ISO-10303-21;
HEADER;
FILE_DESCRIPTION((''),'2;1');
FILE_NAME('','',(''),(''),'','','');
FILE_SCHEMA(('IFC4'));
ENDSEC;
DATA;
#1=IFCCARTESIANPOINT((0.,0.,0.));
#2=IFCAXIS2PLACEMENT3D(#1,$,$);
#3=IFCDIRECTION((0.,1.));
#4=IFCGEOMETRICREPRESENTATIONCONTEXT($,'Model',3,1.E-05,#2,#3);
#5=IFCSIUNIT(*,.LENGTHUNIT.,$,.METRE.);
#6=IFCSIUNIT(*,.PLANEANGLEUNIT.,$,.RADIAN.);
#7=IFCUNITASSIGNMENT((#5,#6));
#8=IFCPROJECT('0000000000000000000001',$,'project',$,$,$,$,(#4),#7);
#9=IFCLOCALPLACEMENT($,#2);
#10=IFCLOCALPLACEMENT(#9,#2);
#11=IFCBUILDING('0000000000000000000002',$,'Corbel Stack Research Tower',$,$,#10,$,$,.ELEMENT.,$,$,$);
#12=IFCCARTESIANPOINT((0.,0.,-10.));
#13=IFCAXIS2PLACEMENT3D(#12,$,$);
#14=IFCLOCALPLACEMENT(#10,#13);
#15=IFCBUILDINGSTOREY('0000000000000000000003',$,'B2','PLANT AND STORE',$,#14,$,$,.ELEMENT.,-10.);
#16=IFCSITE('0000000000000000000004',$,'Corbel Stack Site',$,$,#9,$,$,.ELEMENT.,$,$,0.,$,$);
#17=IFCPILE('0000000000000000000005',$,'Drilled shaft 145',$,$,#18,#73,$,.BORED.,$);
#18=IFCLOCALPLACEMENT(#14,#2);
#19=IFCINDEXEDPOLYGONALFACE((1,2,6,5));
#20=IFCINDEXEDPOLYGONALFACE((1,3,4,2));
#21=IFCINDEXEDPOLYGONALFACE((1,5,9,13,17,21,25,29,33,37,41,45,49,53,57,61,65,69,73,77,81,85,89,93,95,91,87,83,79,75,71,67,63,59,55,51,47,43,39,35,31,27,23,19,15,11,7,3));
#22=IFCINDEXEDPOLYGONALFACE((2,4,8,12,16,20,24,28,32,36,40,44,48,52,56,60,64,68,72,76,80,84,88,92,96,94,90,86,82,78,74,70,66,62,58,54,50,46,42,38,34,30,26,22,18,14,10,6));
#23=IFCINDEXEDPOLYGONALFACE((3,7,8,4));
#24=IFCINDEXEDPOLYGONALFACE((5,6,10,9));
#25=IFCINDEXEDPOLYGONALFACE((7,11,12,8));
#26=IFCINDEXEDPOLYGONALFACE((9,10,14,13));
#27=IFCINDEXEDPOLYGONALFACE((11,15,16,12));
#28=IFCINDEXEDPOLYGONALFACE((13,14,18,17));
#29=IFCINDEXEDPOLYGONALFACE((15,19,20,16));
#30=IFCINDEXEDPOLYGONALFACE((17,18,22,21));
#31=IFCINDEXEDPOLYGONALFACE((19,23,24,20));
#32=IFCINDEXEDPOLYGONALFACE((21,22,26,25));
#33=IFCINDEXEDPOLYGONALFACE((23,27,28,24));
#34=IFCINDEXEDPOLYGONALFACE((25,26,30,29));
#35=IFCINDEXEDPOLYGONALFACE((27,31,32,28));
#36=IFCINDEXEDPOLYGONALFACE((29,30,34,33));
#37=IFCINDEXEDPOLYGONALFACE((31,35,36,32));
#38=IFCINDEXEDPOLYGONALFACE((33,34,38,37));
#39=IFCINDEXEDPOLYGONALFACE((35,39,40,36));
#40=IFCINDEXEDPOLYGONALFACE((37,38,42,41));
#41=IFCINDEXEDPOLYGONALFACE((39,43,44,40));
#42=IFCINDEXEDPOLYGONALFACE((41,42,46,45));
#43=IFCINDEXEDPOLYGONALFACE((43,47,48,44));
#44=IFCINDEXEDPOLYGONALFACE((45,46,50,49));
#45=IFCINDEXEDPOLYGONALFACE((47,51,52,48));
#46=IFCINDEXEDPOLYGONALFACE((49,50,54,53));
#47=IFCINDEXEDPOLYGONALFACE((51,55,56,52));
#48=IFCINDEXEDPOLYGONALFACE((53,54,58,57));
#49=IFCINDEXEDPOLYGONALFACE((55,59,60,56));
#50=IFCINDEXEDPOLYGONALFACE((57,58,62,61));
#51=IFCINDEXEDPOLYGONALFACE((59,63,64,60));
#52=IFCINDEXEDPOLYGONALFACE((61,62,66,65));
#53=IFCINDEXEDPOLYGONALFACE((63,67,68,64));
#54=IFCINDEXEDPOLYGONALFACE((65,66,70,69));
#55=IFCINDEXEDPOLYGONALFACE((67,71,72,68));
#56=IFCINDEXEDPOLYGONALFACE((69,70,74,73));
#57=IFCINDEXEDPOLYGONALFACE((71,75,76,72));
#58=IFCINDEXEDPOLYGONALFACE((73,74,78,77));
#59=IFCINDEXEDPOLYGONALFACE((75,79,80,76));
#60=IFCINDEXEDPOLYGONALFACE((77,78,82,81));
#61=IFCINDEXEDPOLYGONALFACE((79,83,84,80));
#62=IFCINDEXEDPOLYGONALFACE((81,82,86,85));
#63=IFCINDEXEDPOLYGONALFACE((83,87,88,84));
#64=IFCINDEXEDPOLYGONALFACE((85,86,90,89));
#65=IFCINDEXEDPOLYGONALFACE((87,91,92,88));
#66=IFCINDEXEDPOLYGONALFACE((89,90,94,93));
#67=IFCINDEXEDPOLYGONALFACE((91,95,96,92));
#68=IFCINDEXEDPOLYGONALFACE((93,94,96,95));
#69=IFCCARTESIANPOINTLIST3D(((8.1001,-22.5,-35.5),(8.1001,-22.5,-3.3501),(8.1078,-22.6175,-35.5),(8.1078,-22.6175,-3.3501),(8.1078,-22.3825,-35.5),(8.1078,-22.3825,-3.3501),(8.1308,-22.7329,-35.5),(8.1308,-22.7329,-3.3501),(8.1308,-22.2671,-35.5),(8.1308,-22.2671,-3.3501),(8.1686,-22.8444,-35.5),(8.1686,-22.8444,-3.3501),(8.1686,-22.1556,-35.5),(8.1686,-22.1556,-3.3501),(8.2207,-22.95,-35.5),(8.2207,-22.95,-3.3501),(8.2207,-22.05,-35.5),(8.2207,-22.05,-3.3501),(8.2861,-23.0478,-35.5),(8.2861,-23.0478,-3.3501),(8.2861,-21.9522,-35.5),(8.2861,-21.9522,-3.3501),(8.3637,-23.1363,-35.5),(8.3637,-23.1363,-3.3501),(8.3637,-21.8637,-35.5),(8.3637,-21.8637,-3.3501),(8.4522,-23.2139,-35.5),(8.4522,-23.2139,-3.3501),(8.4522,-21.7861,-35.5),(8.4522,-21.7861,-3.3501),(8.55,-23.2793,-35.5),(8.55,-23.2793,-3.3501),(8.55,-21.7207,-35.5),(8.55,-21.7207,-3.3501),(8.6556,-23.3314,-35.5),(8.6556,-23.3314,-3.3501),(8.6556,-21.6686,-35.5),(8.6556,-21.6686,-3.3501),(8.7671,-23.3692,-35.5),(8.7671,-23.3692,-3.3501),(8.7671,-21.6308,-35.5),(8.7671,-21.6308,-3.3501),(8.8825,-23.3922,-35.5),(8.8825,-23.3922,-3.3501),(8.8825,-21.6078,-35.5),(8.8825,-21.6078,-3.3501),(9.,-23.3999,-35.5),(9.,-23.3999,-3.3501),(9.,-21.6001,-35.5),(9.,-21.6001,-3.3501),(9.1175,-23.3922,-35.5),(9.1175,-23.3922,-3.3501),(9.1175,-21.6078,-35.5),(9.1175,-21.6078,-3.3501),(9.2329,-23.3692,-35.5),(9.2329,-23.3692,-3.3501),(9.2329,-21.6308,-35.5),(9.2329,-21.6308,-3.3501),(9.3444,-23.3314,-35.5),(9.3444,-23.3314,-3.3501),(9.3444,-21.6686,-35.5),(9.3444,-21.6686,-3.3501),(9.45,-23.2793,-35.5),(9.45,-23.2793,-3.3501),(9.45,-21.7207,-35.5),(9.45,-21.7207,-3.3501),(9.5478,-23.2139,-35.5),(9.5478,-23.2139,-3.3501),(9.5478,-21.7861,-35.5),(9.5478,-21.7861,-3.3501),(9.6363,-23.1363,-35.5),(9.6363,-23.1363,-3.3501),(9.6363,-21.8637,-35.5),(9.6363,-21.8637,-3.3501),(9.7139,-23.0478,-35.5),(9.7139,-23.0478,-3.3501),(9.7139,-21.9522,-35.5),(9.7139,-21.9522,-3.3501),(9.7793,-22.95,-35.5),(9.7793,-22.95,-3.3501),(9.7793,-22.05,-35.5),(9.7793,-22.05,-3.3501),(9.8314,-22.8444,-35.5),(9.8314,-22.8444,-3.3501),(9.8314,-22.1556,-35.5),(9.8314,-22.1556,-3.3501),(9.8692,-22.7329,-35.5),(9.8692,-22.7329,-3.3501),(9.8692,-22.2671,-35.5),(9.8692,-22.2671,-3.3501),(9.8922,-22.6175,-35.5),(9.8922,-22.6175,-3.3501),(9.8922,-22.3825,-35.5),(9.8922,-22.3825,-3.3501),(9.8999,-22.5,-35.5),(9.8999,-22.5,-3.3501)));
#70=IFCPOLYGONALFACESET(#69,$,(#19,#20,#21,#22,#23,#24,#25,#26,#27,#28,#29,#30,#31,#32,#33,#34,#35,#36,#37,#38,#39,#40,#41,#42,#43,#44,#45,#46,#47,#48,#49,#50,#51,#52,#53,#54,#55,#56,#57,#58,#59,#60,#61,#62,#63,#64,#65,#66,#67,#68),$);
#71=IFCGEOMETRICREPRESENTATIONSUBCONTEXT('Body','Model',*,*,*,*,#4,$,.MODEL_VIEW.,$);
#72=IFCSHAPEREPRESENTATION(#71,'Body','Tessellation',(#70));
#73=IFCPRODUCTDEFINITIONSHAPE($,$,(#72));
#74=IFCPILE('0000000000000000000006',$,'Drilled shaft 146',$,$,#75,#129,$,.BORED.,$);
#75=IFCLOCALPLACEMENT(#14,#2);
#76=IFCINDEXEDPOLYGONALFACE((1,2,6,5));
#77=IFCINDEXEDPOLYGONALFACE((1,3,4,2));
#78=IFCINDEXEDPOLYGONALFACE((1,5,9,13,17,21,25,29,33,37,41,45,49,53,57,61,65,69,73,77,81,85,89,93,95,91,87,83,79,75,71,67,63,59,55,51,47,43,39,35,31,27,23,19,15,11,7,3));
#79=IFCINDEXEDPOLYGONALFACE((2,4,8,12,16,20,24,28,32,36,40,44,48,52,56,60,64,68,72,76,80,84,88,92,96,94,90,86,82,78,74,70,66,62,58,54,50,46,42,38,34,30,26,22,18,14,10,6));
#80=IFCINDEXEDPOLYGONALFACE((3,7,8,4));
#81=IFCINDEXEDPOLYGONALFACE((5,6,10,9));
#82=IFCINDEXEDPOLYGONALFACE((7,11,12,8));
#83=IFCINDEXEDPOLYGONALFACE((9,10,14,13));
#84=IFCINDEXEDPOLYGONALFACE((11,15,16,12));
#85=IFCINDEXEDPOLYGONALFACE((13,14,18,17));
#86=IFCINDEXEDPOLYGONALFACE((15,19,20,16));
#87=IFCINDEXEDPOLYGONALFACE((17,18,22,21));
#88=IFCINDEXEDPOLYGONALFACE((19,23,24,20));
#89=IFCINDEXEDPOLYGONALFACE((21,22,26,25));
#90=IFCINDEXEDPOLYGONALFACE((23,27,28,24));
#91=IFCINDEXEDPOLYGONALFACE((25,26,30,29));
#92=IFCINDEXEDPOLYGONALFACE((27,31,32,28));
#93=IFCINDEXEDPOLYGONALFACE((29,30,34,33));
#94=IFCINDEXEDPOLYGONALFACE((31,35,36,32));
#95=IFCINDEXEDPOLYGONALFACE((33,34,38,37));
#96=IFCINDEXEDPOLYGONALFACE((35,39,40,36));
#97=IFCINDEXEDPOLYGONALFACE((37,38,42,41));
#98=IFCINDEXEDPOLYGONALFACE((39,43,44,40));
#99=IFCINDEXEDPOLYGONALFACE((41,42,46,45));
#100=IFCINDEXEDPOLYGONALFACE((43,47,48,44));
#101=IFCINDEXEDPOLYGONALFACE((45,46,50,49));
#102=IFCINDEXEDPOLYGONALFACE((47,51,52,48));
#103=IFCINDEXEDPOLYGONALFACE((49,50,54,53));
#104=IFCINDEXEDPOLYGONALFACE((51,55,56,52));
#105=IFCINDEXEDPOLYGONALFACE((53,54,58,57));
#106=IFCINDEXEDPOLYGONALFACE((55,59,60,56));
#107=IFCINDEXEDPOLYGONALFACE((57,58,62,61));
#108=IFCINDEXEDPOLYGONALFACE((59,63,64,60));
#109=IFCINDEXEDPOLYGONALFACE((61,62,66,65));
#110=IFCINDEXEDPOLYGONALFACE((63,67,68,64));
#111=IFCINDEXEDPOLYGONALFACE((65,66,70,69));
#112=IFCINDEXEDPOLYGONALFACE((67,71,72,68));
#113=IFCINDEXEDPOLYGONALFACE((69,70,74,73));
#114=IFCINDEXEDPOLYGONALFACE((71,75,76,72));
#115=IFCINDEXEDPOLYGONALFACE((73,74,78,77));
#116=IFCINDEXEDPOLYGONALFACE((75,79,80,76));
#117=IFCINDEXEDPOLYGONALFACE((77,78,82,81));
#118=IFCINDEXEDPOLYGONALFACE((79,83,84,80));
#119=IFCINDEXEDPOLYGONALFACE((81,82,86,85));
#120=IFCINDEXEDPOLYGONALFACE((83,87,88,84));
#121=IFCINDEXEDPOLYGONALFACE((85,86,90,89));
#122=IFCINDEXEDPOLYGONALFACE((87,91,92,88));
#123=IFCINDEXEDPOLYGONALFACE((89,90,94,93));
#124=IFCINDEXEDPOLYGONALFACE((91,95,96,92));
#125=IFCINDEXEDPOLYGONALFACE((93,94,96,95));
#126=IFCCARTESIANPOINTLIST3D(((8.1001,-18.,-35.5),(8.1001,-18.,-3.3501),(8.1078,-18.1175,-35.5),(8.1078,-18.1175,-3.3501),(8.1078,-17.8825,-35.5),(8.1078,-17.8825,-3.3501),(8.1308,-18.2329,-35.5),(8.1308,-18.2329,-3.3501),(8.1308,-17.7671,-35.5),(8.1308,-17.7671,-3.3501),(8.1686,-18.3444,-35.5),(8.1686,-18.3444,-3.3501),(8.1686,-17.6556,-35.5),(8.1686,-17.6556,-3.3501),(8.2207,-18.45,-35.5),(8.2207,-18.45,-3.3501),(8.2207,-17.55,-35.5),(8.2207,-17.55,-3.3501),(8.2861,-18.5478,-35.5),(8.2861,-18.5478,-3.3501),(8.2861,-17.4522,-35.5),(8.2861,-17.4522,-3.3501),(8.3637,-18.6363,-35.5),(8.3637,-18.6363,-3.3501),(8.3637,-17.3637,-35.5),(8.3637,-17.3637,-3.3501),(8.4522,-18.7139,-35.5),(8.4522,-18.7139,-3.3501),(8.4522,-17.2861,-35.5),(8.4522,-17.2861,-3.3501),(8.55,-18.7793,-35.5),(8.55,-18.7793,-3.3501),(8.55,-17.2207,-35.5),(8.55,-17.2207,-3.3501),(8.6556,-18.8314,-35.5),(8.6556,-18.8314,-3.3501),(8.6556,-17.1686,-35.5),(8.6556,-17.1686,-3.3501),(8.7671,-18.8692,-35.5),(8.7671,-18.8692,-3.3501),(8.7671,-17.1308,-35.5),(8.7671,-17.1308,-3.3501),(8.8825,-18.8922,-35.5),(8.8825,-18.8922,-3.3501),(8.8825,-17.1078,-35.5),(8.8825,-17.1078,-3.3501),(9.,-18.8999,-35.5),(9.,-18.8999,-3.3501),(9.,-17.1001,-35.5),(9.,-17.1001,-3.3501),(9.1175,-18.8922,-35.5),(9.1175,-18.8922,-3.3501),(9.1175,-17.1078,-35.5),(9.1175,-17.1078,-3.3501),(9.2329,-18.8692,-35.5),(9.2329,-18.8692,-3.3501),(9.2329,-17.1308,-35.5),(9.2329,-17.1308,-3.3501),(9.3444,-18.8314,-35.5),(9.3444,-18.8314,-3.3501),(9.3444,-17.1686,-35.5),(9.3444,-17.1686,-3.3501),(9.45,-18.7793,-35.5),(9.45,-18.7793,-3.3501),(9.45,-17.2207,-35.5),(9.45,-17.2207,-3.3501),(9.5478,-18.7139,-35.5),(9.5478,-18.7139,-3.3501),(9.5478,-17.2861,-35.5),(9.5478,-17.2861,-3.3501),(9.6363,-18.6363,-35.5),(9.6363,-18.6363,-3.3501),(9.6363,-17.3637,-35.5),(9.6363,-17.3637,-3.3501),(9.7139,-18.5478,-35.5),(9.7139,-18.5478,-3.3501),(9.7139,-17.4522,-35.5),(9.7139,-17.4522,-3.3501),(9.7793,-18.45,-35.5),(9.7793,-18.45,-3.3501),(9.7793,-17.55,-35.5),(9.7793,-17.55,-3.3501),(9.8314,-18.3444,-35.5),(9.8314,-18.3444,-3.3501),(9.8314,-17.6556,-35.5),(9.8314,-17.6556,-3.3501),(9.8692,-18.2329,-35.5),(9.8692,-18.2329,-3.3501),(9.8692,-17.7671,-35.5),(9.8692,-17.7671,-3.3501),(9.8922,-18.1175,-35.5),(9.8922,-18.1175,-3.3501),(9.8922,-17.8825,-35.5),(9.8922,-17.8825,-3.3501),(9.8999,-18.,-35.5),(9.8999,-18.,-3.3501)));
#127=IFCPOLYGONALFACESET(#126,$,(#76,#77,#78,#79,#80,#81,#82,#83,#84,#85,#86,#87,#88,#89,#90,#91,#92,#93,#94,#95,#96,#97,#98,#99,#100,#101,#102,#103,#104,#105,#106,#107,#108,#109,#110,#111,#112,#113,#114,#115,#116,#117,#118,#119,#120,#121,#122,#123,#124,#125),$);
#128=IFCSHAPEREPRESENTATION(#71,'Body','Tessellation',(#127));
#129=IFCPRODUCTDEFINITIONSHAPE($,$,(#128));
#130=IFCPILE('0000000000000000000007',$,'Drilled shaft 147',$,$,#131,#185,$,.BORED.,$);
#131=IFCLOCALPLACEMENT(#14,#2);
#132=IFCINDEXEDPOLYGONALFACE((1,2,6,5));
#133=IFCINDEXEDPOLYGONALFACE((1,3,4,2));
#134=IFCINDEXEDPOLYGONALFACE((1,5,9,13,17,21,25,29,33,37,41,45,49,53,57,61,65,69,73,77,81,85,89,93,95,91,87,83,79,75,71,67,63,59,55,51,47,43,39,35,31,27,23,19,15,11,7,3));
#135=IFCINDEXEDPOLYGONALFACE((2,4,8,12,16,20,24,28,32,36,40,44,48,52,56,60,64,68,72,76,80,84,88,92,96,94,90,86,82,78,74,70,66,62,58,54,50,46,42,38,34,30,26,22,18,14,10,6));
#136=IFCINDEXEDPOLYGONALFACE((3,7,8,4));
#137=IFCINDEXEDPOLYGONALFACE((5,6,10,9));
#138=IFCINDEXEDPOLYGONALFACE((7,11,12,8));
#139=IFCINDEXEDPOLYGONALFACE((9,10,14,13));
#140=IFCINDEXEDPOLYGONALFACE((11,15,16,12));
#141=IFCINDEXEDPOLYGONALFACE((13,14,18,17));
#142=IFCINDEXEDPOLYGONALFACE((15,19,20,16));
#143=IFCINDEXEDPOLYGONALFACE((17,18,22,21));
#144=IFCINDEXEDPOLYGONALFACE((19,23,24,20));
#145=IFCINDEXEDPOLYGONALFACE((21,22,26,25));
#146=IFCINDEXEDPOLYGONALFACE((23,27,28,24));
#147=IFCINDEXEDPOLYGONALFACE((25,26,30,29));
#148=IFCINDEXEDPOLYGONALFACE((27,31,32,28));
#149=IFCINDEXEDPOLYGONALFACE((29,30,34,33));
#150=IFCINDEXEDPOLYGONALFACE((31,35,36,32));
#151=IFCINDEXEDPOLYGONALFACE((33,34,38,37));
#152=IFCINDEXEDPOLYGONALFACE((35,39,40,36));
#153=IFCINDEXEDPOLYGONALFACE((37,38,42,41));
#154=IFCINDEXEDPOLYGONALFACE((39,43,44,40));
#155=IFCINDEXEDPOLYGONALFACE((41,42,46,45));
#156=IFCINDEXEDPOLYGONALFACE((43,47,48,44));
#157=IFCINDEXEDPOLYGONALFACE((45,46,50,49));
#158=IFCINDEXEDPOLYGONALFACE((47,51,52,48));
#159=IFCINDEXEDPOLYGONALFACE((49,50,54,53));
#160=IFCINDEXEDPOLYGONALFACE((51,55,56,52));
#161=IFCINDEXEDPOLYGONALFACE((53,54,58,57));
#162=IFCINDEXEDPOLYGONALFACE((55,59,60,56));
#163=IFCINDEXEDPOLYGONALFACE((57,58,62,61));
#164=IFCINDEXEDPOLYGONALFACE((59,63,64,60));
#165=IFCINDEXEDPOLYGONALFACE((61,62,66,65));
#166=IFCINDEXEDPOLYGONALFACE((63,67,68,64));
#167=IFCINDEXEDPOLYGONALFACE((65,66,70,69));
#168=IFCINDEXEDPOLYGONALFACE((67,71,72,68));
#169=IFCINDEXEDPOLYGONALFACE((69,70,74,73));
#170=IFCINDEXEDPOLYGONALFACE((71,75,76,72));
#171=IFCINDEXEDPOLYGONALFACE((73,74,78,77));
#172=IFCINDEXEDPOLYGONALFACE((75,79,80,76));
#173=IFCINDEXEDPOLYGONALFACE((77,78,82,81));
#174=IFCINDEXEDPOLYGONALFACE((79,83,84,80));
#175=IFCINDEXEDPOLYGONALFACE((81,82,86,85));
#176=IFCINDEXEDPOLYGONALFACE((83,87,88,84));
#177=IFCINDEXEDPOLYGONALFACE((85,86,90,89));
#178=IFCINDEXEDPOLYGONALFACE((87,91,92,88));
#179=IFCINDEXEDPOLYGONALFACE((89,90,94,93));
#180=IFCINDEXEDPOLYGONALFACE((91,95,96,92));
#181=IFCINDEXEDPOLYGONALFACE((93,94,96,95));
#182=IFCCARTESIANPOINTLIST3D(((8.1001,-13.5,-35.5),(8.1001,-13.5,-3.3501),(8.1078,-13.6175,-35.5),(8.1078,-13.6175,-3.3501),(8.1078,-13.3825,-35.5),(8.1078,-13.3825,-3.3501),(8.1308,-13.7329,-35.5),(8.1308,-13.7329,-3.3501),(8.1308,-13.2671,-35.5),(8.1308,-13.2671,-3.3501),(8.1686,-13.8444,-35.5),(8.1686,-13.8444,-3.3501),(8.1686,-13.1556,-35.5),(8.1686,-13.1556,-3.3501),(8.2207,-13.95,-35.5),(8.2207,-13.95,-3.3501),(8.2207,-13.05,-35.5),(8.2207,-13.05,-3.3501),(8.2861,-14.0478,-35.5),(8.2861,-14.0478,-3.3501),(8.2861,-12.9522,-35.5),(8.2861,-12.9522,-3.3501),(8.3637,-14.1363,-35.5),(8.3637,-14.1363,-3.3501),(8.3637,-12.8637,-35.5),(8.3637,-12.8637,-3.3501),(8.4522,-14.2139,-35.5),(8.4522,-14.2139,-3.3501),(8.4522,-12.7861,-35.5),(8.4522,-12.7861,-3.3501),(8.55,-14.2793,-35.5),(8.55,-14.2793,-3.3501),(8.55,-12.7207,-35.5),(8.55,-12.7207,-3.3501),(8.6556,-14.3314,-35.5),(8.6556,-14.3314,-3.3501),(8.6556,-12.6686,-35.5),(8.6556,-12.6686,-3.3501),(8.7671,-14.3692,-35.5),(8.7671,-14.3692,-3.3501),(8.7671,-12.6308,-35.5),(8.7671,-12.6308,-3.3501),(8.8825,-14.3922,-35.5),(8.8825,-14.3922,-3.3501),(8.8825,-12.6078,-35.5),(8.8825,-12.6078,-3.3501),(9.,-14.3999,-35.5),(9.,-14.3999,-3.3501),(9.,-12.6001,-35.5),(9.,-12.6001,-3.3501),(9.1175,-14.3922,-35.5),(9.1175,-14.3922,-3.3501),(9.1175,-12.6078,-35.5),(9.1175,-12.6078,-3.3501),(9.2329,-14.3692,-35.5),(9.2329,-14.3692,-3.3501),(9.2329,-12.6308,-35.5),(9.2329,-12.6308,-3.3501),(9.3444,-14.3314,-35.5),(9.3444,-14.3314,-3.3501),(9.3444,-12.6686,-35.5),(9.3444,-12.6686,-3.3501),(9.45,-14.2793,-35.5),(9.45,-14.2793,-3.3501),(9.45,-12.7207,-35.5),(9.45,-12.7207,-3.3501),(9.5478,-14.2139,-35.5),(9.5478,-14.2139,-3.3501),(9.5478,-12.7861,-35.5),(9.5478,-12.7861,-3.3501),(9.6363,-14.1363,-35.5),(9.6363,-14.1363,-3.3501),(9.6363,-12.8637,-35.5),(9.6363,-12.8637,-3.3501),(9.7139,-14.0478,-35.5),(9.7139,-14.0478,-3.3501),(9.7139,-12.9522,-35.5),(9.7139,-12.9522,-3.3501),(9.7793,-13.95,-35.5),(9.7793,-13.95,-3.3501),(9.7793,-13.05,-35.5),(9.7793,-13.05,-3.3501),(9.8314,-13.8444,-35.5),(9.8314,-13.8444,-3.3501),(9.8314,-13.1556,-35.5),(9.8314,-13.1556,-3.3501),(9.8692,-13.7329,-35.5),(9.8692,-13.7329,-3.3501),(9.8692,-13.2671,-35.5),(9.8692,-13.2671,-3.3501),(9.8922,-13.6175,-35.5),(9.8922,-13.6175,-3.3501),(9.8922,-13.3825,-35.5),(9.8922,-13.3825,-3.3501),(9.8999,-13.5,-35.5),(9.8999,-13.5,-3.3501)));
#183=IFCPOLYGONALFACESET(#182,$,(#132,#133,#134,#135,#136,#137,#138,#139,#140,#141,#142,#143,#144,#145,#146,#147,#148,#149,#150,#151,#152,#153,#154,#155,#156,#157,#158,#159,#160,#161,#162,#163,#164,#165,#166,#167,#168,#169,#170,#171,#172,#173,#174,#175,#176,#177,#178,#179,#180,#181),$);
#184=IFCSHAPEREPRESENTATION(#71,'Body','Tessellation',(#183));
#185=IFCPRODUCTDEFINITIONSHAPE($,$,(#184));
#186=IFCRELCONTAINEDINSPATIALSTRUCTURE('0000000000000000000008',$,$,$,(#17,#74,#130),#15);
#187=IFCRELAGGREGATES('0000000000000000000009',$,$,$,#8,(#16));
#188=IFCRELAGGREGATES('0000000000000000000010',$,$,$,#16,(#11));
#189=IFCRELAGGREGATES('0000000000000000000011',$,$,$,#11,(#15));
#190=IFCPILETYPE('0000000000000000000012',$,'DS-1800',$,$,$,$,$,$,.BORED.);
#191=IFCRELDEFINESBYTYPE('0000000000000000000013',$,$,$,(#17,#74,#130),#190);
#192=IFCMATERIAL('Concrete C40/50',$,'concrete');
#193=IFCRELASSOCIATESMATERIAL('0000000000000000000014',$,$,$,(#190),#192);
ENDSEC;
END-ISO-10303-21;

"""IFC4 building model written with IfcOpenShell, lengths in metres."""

from ifc_helpers import new_model, si_unit, direction, frame, origin, origin_2d, place, context, subcontext, project, spatial, circle, extrude, material, material_profile, profile_set, type_object, element, save


model = new_model("IFC4")

# Units and contexts
model_context = context("Model", 3, precision=1e-05, world=origin(), true_north=direction((0.0, 1.0)))
body_context = subcontext(model_context, "Body", "Model", "MODEL_VIEW")
ifc_project = project(units=[si_unit("LENGTHUNIT", "METRE"), si_unit("PLANEANGLEUNIT", "RADIAN")], contexts=[model_context])

# Site, building, storey
site_placement = place(None, origin())
site = spatial("IfcSite", under=ifc_project, at=site_placement, Name="Corbel Stack Site", CompositionType="ELEMENT", RefElevation=0.0)
building_placement = place(site_placement, origin())
building = spatial("IfcBuilding", under=site, at=building_placement, Name="Corbel Stack Research Tower", CompositionType="ELEMENT")
storey_placement = place(building_placement, frame((0.0, 0.0, -10.0)))
storey = spatial("IfcBuildingStorey", under=building, at=storey_placement, Name="B2", Description="PLANT AND STORE", CompositionType="ELEMENT", Elevation=-10.0)

# Piles
ifc_material_1 = material(Name="Concrete C40/50", Category="concrete")
ifc_material_profile_1 = material_profile(ifc_material_1, circle(Radius=0.8999, at=origin_2d()), Name="Shaft 1800")
ifc_profile_set_1 = profile_set([ifc_material_profile_1], Name="Concrete C40/50")
pile_type = type_object("IfcPileType", Name="DS-1800", PredefinedType="BORED", material=ifc_profile_set_1)
for number, where, z_axis, x_axis, name in (
    (1, (9.0, -22.5, -3.3501), (0.0, 0.0, -1.0), (1.0, 0.0, 0.0), "Drilled shaft 145"),
    (2, (9.0, -18.0, -3.3501), (0.0, 0.0, -1.0), (1.0, 0.0, 0.0), "Drilled shaft 146"),
    (3, (9.0, -13.5, -3.3501), (0.0, 0.0, -1.0), (1.0, 0.0, 0.0), "Drilled shaft 147"),
):
    element("IfcPile", number, at=place(storey_placement, frame(where, z_axis=z_axis, x_axis=x_axis)), inside=storey, type_object=pile_type, Name=name, PredefinedType="BORED", context=body_context, shape_type="SweptSolid", body=[
        extrude(circle(Radius=0.8999, at=origin_2d()), origin(), (0.0, 0.0, 1.0), 32.1499),
    ])

save(model, "model.ifc")
